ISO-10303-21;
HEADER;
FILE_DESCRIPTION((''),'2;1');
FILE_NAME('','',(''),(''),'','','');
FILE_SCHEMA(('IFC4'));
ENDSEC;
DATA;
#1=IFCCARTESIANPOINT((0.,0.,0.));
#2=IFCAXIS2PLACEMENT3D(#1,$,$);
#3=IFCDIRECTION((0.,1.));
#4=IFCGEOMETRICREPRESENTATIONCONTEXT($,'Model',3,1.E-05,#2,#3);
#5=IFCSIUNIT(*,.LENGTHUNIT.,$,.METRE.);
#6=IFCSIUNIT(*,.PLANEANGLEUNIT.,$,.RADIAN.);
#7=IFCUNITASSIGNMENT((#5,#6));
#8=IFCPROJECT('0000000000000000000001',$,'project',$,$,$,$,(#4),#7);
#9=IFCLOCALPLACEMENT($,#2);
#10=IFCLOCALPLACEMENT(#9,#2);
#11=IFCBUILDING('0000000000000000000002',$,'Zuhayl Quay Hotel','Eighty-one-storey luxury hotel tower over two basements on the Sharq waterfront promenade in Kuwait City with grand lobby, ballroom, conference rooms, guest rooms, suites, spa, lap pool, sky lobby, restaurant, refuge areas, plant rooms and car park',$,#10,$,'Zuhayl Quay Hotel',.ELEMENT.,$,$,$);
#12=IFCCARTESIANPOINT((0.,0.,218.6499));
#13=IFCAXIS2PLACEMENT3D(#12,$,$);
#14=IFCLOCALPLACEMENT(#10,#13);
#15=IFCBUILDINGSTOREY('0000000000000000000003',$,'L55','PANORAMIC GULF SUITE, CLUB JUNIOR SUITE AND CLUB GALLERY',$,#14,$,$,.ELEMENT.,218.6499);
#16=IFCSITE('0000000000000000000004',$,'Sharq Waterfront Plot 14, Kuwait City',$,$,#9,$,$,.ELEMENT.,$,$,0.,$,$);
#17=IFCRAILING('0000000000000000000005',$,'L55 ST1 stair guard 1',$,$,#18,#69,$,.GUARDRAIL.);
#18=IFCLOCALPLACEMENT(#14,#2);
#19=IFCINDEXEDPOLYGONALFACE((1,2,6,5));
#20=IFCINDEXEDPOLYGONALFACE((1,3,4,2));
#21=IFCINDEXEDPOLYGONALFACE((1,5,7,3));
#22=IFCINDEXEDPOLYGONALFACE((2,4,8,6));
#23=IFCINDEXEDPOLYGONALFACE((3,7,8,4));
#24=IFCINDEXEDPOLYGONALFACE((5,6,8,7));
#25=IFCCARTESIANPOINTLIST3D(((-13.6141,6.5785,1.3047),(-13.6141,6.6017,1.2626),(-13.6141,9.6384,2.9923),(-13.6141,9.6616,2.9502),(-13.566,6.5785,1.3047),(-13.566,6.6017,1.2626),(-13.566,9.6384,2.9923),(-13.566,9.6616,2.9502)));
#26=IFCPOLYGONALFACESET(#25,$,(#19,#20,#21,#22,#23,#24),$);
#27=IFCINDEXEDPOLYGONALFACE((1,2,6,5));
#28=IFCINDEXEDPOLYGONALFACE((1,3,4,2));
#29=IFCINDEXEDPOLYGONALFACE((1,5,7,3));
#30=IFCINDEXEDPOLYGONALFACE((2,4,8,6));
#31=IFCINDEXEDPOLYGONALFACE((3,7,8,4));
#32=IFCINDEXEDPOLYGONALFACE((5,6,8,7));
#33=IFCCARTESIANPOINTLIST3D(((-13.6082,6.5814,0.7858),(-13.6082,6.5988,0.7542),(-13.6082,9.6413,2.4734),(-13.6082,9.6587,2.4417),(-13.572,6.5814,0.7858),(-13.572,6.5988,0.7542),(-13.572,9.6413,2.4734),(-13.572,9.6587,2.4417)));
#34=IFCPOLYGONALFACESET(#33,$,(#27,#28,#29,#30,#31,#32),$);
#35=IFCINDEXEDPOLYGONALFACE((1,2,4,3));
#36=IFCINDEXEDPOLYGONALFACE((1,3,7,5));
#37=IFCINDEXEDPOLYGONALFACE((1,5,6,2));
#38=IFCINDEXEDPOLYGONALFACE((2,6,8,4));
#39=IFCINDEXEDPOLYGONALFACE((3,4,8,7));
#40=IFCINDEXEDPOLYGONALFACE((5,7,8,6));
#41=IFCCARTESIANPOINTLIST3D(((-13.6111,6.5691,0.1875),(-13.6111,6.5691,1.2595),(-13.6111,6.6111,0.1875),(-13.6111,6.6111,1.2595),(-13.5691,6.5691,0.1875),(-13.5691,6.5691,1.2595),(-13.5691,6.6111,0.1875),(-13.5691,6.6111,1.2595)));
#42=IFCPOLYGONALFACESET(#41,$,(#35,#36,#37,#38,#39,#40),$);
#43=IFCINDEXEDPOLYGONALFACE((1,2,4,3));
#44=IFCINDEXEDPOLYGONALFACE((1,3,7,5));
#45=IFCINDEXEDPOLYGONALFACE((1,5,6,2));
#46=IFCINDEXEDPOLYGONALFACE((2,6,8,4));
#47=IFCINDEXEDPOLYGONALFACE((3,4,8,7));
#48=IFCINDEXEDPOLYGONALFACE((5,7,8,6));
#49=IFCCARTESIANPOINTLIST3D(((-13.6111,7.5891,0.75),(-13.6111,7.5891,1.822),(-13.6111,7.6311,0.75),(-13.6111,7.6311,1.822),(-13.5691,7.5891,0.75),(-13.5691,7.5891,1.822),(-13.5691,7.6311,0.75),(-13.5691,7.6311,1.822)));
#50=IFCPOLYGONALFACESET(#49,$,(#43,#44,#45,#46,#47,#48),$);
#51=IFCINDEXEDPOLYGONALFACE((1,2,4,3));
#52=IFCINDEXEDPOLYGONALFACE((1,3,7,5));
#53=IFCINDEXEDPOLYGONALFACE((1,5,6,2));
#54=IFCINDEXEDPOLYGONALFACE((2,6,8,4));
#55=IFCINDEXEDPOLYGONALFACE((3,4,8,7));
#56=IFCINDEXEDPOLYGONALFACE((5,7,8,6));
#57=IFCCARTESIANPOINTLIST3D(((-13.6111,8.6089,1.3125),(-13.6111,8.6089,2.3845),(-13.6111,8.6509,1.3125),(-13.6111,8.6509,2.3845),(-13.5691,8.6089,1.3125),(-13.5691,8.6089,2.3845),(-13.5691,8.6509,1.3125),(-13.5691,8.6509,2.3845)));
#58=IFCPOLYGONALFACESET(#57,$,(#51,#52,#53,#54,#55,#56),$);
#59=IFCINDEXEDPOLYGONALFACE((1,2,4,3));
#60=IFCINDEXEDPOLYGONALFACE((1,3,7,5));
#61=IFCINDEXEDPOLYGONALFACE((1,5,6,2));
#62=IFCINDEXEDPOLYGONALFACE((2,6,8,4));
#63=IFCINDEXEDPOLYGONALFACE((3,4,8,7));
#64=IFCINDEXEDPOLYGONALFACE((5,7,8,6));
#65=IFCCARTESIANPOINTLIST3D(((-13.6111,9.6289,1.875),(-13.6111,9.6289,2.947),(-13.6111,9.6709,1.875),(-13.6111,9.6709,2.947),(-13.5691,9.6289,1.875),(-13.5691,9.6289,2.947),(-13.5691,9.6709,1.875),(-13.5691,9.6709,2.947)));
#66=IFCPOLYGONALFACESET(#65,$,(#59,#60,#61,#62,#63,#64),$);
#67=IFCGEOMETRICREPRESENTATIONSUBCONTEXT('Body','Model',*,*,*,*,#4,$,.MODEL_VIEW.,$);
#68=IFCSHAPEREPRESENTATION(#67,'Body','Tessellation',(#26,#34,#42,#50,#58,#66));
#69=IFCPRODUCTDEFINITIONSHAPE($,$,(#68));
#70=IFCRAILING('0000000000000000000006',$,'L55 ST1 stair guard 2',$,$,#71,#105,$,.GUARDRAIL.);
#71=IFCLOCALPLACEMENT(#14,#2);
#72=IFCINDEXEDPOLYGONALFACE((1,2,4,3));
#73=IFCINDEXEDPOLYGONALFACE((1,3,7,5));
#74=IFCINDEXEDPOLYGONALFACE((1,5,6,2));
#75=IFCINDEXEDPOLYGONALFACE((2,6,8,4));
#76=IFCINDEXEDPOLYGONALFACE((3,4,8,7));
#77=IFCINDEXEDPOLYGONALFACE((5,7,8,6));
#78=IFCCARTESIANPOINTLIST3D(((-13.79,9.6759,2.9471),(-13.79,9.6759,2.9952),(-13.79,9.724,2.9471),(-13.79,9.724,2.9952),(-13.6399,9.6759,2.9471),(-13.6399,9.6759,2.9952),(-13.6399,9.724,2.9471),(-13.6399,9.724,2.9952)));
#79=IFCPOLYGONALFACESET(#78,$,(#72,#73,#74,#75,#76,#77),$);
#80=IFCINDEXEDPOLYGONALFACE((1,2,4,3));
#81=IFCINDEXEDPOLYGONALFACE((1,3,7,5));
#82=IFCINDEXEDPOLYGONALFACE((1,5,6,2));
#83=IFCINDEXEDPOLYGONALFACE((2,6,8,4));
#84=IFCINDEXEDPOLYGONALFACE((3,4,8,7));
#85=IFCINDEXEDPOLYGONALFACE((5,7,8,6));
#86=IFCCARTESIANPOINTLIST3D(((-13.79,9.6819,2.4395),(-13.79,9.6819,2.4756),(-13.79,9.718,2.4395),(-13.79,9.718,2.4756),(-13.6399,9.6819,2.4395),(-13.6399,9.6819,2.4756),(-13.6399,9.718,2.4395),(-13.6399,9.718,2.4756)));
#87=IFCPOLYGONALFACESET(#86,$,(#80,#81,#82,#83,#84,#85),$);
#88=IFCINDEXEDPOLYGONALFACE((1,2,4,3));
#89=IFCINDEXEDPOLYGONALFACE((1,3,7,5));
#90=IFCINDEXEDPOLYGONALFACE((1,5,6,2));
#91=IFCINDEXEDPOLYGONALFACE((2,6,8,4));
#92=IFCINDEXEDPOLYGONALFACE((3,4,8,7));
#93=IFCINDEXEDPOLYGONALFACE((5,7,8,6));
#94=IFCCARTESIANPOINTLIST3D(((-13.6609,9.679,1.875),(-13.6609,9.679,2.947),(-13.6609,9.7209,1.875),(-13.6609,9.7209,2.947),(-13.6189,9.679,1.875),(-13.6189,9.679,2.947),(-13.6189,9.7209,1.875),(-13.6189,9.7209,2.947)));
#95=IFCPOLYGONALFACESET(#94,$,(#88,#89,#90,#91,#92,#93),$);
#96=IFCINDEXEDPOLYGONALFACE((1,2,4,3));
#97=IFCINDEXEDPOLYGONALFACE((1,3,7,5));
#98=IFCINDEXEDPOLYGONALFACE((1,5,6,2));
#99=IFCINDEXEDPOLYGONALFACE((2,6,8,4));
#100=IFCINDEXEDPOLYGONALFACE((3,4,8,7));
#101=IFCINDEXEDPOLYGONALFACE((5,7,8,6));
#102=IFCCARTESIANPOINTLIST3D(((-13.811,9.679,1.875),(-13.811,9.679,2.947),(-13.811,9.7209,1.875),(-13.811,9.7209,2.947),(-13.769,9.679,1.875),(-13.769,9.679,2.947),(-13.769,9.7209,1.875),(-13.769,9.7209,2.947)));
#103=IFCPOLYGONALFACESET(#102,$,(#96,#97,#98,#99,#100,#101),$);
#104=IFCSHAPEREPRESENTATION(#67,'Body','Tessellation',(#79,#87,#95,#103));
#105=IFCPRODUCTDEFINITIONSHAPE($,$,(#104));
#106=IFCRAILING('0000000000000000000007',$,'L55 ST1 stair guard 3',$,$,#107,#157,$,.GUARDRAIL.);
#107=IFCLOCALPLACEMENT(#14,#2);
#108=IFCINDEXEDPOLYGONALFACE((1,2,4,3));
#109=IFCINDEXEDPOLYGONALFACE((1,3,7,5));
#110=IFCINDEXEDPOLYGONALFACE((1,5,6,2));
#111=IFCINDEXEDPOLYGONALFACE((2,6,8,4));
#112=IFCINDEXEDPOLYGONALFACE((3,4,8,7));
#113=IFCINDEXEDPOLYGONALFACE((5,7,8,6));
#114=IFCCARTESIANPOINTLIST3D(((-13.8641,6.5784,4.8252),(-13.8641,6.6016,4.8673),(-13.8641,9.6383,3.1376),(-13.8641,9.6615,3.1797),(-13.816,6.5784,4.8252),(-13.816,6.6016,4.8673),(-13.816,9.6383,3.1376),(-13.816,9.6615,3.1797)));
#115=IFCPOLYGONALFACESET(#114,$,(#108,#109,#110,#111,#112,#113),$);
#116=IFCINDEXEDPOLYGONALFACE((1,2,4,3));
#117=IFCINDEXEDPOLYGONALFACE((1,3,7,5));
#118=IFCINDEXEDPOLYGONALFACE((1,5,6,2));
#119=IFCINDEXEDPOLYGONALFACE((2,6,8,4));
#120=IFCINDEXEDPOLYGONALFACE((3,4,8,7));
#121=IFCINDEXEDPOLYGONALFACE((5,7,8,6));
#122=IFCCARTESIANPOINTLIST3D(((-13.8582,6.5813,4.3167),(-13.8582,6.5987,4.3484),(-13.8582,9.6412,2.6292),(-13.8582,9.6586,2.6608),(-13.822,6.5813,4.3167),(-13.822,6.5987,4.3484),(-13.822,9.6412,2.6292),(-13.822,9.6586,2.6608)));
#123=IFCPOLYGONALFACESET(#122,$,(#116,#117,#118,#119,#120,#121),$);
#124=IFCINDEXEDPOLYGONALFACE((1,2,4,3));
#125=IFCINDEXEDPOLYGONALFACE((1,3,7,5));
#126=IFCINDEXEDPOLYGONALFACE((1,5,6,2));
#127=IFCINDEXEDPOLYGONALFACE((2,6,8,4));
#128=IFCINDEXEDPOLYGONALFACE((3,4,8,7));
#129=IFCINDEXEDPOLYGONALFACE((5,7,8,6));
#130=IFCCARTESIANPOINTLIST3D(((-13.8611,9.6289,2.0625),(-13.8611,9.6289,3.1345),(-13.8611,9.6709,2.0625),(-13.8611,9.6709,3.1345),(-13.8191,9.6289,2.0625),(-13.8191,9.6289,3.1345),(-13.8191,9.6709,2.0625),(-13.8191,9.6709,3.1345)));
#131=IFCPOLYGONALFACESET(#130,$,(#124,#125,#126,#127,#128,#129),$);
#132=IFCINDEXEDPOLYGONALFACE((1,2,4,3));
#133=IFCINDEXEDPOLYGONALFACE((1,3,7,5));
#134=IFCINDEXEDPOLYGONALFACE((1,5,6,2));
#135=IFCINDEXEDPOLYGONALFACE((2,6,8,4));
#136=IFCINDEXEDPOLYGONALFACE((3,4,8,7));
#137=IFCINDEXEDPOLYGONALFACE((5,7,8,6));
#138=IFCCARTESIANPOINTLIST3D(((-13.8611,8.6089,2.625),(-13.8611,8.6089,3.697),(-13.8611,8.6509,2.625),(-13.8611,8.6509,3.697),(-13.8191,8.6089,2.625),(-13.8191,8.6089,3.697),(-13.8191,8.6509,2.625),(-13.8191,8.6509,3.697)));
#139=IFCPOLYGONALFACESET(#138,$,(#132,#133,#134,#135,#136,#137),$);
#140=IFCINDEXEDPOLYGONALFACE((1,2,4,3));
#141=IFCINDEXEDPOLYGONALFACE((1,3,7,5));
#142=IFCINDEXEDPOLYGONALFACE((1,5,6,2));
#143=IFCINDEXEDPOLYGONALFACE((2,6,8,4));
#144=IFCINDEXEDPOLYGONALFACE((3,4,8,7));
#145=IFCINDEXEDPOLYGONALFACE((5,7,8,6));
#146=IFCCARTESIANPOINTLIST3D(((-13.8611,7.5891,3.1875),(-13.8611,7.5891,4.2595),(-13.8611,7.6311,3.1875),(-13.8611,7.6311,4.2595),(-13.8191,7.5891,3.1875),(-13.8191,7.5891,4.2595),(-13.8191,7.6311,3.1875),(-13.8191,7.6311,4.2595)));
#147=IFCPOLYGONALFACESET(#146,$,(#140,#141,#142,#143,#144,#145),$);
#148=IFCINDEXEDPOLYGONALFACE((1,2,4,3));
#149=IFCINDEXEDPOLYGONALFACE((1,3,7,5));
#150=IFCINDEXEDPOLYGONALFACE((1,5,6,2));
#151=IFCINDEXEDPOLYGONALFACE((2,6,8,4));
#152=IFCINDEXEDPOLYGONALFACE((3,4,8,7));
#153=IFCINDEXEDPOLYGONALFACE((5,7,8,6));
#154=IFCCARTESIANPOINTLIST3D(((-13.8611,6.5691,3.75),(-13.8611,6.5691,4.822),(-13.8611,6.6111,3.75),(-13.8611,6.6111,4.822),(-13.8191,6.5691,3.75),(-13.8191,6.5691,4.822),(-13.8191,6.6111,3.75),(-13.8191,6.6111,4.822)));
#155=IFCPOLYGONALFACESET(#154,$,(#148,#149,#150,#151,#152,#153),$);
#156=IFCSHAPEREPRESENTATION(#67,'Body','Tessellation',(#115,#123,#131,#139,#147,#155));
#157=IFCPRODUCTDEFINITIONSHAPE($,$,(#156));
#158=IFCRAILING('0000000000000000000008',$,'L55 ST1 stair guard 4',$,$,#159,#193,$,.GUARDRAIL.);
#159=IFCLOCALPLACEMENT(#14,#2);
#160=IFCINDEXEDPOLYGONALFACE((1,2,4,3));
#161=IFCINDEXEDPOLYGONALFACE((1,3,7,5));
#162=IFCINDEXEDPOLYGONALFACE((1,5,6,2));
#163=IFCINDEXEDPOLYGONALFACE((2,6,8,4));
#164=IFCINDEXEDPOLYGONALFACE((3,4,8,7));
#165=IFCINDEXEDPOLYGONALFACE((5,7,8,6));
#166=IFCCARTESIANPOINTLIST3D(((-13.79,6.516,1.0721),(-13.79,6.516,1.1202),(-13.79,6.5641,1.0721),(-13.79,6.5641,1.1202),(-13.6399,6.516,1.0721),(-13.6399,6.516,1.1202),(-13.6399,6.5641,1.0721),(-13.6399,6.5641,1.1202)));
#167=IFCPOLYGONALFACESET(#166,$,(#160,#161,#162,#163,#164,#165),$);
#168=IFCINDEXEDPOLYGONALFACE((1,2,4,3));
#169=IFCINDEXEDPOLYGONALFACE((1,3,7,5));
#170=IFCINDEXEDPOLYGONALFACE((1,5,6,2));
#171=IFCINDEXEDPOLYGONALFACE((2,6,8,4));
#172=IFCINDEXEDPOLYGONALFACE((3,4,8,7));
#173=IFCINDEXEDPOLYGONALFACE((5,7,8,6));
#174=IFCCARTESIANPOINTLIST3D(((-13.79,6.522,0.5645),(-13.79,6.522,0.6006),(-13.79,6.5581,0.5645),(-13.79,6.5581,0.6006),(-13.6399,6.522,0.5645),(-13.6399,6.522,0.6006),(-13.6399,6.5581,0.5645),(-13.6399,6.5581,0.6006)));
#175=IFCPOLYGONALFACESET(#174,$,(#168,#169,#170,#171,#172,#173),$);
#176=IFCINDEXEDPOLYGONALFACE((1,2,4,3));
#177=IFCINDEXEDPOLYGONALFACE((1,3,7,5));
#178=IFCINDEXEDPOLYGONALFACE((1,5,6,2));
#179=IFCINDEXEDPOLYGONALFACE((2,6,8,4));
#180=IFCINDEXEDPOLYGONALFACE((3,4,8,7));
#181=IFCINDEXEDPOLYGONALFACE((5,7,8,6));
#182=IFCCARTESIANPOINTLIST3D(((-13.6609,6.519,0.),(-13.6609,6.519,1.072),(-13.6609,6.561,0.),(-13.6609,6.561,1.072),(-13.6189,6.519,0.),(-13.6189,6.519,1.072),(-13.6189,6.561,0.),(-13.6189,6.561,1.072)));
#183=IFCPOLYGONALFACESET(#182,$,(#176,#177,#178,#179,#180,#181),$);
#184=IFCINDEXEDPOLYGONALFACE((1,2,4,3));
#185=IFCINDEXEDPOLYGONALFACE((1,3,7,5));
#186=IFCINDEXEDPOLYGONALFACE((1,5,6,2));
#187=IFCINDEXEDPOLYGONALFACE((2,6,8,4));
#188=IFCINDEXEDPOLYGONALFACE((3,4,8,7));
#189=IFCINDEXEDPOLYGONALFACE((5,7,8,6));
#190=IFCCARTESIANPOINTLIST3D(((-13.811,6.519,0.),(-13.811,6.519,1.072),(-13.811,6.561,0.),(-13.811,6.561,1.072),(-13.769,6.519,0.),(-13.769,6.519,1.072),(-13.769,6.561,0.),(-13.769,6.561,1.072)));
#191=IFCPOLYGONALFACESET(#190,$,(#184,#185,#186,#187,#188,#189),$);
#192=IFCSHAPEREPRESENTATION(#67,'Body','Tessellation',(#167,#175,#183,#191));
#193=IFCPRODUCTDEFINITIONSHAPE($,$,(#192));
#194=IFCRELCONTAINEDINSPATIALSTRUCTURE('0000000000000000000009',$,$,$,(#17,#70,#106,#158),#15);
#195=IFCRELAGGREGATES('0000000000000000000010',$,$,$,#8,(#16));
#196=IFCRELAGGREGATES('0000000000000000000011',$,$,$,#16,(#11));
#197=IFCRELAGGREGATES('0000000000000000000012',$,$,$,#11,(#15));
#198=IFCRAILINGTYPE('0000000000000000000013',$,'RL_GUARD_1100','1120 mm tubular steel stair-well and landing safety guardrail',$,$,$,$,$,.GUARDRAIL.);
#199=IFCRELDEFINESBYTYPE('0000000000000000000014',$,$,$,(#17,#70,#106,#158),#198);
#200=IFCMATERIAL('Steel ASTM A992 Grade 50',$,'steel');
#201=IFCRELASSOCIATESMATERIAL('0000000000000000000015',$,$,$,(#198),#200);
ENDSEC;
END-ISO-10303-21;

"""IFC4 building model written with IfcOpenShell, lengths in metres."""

from ifc_helpers import new_model, si_unit, direction, frame, origin, origin_2d, place, context, subcontext, project, spatial, rectangle, extrude, material, type_object, element, save


model = new_model("IFC4")

# Units and contexts
model_context = context("Model", 3, precision=1e-05, world=origin(), true_north=direction((0.0, 1.0)))
body_context = subcontext(model_context, "Body", "Model", "MODEL_VIEW")
ifc_project = project(units=[si_unit("LENGTHUNIT", "METRE"), si_unit("PLANEANGLEUNIT", "RADIAN")], contexts=[model_context])

# Site, building, storey
site_placement = place(None, origin())
site = spatial("IfcSite", under=ifc_project, at=site_placement, Name="Sharq Waterfront Plot 14, Kuwait City", CompositionType="ELEMENT", RefElevation=0.0)
building_placement = place(site_placement, origin())
building = spatial("IfcBuilding", under=site, at=building_placement, Name="Zuhayl Quay Hotel", Description="Eighty-one-storey luxury hotel tower over two basements on the Sharq waterfront promenade in Kuwait City with grand lobby, ballroom, conference rooms, guest rooms, suites, spa, lap pool, sky lobby, restaurant, refuge areas, plant rooms and car park", LongName="Zuhayl Quay Hotel", CompositionType="ELEMENT")
storey_placement = place(building_placement, frame((0.0, 0.0, 218.6499)))
storey = spatial("IfcBuildingStorey", under=building, at=storey_placement, Name="L55", Description="PANORAMIC GULF SUITE, CLUB JUNIOR SUITE AND CLUB GALLERY", CompositionType="ELEMENT", Elevation=218.6499)

# Shared definitions
ifc_material_1 = material(Name="Steel ASTM A992 Grade 50", Category="steel")

# Railings
railing_type_1 = type_object("IfcRailingType", Name="RL_GUARD_1100", Description="1120 mm tubular steel stair-well and landing safety guardrail", PredefinedType="GUARDRAIL", material=ifc_material_1)
railing_1_placement = place(storey_placement, frame((-13.5901, 6.5901, 0.1875)))
element("IfcRailing", 1, at=railing_1_placement, inside=storey, type_object=railing_type_1, Name="L55 ST1 stair guard 1", PredefinedType="GUARDRAIL", context=body_context, shape_type="SweptSolid", body=[
    extrude(rectangle(XDim=0.0481, YDim=0.0481, at=origin_2d()), frame((0.0, 0.0, 1.0962), z_axis=(0.0, 0.875659, 0.48293), x_axis=(-1.0, 0.0, 0.0)), (0.0, 0.0, 1.0), 3.4944),
    extrude(rectangle(XDim=0.0361, YDim=0.0361, at=origin_2d()), frame((0.0, 0.0, 0.5825), z_axis=(0.0, 0.875659, 0.48293), x_axis=(-1.0, 0.0, 0.0)), (0.0, 0.0, 1.0), 3.4944),
    extrude(rectangle(XDim=0.042, YDim=0.042, at=origin_2d()), origin(), (0.0, 0.0, 1.0), 1.072),
    extrude(rectangle(XDim=0.042, YDim=0.042, at=origin_2d()), frame((0.0, 1.02, 0.5625)), (0.0, 0.0, 1.0), 1.072),
    extrude(rectangle(XDim=0.042, YDim=0.042, at=origin_2d()), frame((0.0, 2.0398, 1.125)), (0.0, 0.0, 1.0), 1.072),
    extrude(rectangle(XDim=0.042, YDim=0.042, at=origin_2d()), frame((0.0, 3.0598, 1.6875)), (0.0, 0.0, 1.0), 1.072),
])
railing_2_placement = place(storey_placement, frame((-13.6399, 9.7, 1.875)))
element("IfcRailing", 2, at=railing_2_placement, inside=storey, type_object=railing_type_1, Name="L55 ST1 stair guard 2", PredefinedType="GUARDRAIL", context=body_context, shape_type="SweptSolid", body=[
    extrude(rectangle(XDim=0.0481, YDim=0.0481, at=origin_2d()), frame((0.0, 0.0, 1.0962), z_axis=(-1.0, 0.0, 0.0), x_axis=(0.0, -1.0, 0.0)), (0.0, 0.0, 1.0), 0.1501),
    extrude(rectangle(XDim=0.0361, YDim=0.0361, at=origin_2d()), frame((0.0, 0.0, 0.5825), z_axis=(-1.0, 0.0, 0.0), x_axis=(0.0, -1.0, 0.0)), (0.0, 0.0, 1.0), 0.1501),
    extrude(rectangle(XDim=0.042, YDim=0.042, at=origin_2d()), origin(), (0.0, 0.0, 1.0), 1.072),
    extrude(rectangle(XDim=0.042, YDim=0.042, at=origin_2d()), frame((-0.1501, 0.0, 0.0)), (0.0, 0.0, 1.0), 1.072),
])
railing_3_placement = place(storey_placement, frame((-13.8401, 9.6499, 2.0625)))
element("IfcRailing", 3, at=railing_3_placement, inside=storey, type_object=railing_type_1, Name="L55 ST1 stair guard 3", PredefinedType="GUARDRAIL", context=body_context, shape_type="SweptSolid", body=[
    extrude(rectangle(XDim=0.0481, YDim=0.0481, at=origin_2d()), frame((0.0, 0.0, 1.0962), z_axis=(0.0, -0.875659, 0.48293), x_axis=(1.0, 0.0, 0.0)), (0.0, 0.0, 1.0), 3.4944),
    extrude(rectangle(XDim=0.0361, YDim=0.0361, at=origin_2d()), frame((0.0, 0.0, 0.5825), z_axis=(0.0, -0.875659, 0.48293), x_axis=(1.0, 0.0, 0.0)), (0.0, 0.0, 1.0), 3.4944),
    extrude(rectangle(XDim=0.042, YDim=0.042, at=origin_2d()), origin(), (0.0, 0.0, 1.0), 1.072),
    extrude(rectangle(XDim=0.042, YDim=0.042, at=origin_2d()), frame((0.0, -1.02, 0.5625)), (0.0, 0.0, 1.0), 1.072),
    extrude(rectangle(XDim=0.042, YDim=0.042, at=origin_2d()), frame((0.0, -2.0398, 1.125)), (0.0, 0.0, 1.0), 1.072),
    extrude(rectangle(XDim=0.042, YDim=0.042, at=origin_2d()), frame((0.0, -3.0598, 1.6875)), (0.0, 0.0, 1.0), 1.072),
])
railing_4_placement = place(storey_placement, frame((-13.6399, 6.54, 0.0)))
element("IfcRailing", 4, at=railing_4_placement, inside=storey, type_object=railing_type_1, Name="L55 ST1 stair guard 4", PredefinedType="GUARDRAIL", context=body_context, shape_type="SweptSolid", body=[
    extrude(rectangle(XDim=0.0481, YDim=0.0481, at=origin_2d()), frame((0.0, 0.0, 1.0962), z_axis=(-1.0, 0.0, 0.0), x_axis=(0.0, -1.0, 0.0)), (0.0, 0.0, 1.0), 0.1501),
    extrude(rectangle(XDim=0.0361, YDim=0.0361, at=origin_2d()), frame((0.0, 0.0, 0.5825), z_axis=(-1.0, 0.0, 0.0), x_axis=(0.0, -1.0, 0.0)), (0.0, 0.0, 1.0), 0.1501),
    extrude(rectangle(XDim=0.042, YDim=0.042, at=origin_2d()), origin(), (0.0, 0.0, 1.0), 1.072),
    extrude(rectangle(XDim=0.042, YDim=0.042, at=origin_2d()), frame((-0.1501, 0.0, 0.0)), (0.0, 0.0, 1.0), 1.072),
])

save(model, "model.ifc")
